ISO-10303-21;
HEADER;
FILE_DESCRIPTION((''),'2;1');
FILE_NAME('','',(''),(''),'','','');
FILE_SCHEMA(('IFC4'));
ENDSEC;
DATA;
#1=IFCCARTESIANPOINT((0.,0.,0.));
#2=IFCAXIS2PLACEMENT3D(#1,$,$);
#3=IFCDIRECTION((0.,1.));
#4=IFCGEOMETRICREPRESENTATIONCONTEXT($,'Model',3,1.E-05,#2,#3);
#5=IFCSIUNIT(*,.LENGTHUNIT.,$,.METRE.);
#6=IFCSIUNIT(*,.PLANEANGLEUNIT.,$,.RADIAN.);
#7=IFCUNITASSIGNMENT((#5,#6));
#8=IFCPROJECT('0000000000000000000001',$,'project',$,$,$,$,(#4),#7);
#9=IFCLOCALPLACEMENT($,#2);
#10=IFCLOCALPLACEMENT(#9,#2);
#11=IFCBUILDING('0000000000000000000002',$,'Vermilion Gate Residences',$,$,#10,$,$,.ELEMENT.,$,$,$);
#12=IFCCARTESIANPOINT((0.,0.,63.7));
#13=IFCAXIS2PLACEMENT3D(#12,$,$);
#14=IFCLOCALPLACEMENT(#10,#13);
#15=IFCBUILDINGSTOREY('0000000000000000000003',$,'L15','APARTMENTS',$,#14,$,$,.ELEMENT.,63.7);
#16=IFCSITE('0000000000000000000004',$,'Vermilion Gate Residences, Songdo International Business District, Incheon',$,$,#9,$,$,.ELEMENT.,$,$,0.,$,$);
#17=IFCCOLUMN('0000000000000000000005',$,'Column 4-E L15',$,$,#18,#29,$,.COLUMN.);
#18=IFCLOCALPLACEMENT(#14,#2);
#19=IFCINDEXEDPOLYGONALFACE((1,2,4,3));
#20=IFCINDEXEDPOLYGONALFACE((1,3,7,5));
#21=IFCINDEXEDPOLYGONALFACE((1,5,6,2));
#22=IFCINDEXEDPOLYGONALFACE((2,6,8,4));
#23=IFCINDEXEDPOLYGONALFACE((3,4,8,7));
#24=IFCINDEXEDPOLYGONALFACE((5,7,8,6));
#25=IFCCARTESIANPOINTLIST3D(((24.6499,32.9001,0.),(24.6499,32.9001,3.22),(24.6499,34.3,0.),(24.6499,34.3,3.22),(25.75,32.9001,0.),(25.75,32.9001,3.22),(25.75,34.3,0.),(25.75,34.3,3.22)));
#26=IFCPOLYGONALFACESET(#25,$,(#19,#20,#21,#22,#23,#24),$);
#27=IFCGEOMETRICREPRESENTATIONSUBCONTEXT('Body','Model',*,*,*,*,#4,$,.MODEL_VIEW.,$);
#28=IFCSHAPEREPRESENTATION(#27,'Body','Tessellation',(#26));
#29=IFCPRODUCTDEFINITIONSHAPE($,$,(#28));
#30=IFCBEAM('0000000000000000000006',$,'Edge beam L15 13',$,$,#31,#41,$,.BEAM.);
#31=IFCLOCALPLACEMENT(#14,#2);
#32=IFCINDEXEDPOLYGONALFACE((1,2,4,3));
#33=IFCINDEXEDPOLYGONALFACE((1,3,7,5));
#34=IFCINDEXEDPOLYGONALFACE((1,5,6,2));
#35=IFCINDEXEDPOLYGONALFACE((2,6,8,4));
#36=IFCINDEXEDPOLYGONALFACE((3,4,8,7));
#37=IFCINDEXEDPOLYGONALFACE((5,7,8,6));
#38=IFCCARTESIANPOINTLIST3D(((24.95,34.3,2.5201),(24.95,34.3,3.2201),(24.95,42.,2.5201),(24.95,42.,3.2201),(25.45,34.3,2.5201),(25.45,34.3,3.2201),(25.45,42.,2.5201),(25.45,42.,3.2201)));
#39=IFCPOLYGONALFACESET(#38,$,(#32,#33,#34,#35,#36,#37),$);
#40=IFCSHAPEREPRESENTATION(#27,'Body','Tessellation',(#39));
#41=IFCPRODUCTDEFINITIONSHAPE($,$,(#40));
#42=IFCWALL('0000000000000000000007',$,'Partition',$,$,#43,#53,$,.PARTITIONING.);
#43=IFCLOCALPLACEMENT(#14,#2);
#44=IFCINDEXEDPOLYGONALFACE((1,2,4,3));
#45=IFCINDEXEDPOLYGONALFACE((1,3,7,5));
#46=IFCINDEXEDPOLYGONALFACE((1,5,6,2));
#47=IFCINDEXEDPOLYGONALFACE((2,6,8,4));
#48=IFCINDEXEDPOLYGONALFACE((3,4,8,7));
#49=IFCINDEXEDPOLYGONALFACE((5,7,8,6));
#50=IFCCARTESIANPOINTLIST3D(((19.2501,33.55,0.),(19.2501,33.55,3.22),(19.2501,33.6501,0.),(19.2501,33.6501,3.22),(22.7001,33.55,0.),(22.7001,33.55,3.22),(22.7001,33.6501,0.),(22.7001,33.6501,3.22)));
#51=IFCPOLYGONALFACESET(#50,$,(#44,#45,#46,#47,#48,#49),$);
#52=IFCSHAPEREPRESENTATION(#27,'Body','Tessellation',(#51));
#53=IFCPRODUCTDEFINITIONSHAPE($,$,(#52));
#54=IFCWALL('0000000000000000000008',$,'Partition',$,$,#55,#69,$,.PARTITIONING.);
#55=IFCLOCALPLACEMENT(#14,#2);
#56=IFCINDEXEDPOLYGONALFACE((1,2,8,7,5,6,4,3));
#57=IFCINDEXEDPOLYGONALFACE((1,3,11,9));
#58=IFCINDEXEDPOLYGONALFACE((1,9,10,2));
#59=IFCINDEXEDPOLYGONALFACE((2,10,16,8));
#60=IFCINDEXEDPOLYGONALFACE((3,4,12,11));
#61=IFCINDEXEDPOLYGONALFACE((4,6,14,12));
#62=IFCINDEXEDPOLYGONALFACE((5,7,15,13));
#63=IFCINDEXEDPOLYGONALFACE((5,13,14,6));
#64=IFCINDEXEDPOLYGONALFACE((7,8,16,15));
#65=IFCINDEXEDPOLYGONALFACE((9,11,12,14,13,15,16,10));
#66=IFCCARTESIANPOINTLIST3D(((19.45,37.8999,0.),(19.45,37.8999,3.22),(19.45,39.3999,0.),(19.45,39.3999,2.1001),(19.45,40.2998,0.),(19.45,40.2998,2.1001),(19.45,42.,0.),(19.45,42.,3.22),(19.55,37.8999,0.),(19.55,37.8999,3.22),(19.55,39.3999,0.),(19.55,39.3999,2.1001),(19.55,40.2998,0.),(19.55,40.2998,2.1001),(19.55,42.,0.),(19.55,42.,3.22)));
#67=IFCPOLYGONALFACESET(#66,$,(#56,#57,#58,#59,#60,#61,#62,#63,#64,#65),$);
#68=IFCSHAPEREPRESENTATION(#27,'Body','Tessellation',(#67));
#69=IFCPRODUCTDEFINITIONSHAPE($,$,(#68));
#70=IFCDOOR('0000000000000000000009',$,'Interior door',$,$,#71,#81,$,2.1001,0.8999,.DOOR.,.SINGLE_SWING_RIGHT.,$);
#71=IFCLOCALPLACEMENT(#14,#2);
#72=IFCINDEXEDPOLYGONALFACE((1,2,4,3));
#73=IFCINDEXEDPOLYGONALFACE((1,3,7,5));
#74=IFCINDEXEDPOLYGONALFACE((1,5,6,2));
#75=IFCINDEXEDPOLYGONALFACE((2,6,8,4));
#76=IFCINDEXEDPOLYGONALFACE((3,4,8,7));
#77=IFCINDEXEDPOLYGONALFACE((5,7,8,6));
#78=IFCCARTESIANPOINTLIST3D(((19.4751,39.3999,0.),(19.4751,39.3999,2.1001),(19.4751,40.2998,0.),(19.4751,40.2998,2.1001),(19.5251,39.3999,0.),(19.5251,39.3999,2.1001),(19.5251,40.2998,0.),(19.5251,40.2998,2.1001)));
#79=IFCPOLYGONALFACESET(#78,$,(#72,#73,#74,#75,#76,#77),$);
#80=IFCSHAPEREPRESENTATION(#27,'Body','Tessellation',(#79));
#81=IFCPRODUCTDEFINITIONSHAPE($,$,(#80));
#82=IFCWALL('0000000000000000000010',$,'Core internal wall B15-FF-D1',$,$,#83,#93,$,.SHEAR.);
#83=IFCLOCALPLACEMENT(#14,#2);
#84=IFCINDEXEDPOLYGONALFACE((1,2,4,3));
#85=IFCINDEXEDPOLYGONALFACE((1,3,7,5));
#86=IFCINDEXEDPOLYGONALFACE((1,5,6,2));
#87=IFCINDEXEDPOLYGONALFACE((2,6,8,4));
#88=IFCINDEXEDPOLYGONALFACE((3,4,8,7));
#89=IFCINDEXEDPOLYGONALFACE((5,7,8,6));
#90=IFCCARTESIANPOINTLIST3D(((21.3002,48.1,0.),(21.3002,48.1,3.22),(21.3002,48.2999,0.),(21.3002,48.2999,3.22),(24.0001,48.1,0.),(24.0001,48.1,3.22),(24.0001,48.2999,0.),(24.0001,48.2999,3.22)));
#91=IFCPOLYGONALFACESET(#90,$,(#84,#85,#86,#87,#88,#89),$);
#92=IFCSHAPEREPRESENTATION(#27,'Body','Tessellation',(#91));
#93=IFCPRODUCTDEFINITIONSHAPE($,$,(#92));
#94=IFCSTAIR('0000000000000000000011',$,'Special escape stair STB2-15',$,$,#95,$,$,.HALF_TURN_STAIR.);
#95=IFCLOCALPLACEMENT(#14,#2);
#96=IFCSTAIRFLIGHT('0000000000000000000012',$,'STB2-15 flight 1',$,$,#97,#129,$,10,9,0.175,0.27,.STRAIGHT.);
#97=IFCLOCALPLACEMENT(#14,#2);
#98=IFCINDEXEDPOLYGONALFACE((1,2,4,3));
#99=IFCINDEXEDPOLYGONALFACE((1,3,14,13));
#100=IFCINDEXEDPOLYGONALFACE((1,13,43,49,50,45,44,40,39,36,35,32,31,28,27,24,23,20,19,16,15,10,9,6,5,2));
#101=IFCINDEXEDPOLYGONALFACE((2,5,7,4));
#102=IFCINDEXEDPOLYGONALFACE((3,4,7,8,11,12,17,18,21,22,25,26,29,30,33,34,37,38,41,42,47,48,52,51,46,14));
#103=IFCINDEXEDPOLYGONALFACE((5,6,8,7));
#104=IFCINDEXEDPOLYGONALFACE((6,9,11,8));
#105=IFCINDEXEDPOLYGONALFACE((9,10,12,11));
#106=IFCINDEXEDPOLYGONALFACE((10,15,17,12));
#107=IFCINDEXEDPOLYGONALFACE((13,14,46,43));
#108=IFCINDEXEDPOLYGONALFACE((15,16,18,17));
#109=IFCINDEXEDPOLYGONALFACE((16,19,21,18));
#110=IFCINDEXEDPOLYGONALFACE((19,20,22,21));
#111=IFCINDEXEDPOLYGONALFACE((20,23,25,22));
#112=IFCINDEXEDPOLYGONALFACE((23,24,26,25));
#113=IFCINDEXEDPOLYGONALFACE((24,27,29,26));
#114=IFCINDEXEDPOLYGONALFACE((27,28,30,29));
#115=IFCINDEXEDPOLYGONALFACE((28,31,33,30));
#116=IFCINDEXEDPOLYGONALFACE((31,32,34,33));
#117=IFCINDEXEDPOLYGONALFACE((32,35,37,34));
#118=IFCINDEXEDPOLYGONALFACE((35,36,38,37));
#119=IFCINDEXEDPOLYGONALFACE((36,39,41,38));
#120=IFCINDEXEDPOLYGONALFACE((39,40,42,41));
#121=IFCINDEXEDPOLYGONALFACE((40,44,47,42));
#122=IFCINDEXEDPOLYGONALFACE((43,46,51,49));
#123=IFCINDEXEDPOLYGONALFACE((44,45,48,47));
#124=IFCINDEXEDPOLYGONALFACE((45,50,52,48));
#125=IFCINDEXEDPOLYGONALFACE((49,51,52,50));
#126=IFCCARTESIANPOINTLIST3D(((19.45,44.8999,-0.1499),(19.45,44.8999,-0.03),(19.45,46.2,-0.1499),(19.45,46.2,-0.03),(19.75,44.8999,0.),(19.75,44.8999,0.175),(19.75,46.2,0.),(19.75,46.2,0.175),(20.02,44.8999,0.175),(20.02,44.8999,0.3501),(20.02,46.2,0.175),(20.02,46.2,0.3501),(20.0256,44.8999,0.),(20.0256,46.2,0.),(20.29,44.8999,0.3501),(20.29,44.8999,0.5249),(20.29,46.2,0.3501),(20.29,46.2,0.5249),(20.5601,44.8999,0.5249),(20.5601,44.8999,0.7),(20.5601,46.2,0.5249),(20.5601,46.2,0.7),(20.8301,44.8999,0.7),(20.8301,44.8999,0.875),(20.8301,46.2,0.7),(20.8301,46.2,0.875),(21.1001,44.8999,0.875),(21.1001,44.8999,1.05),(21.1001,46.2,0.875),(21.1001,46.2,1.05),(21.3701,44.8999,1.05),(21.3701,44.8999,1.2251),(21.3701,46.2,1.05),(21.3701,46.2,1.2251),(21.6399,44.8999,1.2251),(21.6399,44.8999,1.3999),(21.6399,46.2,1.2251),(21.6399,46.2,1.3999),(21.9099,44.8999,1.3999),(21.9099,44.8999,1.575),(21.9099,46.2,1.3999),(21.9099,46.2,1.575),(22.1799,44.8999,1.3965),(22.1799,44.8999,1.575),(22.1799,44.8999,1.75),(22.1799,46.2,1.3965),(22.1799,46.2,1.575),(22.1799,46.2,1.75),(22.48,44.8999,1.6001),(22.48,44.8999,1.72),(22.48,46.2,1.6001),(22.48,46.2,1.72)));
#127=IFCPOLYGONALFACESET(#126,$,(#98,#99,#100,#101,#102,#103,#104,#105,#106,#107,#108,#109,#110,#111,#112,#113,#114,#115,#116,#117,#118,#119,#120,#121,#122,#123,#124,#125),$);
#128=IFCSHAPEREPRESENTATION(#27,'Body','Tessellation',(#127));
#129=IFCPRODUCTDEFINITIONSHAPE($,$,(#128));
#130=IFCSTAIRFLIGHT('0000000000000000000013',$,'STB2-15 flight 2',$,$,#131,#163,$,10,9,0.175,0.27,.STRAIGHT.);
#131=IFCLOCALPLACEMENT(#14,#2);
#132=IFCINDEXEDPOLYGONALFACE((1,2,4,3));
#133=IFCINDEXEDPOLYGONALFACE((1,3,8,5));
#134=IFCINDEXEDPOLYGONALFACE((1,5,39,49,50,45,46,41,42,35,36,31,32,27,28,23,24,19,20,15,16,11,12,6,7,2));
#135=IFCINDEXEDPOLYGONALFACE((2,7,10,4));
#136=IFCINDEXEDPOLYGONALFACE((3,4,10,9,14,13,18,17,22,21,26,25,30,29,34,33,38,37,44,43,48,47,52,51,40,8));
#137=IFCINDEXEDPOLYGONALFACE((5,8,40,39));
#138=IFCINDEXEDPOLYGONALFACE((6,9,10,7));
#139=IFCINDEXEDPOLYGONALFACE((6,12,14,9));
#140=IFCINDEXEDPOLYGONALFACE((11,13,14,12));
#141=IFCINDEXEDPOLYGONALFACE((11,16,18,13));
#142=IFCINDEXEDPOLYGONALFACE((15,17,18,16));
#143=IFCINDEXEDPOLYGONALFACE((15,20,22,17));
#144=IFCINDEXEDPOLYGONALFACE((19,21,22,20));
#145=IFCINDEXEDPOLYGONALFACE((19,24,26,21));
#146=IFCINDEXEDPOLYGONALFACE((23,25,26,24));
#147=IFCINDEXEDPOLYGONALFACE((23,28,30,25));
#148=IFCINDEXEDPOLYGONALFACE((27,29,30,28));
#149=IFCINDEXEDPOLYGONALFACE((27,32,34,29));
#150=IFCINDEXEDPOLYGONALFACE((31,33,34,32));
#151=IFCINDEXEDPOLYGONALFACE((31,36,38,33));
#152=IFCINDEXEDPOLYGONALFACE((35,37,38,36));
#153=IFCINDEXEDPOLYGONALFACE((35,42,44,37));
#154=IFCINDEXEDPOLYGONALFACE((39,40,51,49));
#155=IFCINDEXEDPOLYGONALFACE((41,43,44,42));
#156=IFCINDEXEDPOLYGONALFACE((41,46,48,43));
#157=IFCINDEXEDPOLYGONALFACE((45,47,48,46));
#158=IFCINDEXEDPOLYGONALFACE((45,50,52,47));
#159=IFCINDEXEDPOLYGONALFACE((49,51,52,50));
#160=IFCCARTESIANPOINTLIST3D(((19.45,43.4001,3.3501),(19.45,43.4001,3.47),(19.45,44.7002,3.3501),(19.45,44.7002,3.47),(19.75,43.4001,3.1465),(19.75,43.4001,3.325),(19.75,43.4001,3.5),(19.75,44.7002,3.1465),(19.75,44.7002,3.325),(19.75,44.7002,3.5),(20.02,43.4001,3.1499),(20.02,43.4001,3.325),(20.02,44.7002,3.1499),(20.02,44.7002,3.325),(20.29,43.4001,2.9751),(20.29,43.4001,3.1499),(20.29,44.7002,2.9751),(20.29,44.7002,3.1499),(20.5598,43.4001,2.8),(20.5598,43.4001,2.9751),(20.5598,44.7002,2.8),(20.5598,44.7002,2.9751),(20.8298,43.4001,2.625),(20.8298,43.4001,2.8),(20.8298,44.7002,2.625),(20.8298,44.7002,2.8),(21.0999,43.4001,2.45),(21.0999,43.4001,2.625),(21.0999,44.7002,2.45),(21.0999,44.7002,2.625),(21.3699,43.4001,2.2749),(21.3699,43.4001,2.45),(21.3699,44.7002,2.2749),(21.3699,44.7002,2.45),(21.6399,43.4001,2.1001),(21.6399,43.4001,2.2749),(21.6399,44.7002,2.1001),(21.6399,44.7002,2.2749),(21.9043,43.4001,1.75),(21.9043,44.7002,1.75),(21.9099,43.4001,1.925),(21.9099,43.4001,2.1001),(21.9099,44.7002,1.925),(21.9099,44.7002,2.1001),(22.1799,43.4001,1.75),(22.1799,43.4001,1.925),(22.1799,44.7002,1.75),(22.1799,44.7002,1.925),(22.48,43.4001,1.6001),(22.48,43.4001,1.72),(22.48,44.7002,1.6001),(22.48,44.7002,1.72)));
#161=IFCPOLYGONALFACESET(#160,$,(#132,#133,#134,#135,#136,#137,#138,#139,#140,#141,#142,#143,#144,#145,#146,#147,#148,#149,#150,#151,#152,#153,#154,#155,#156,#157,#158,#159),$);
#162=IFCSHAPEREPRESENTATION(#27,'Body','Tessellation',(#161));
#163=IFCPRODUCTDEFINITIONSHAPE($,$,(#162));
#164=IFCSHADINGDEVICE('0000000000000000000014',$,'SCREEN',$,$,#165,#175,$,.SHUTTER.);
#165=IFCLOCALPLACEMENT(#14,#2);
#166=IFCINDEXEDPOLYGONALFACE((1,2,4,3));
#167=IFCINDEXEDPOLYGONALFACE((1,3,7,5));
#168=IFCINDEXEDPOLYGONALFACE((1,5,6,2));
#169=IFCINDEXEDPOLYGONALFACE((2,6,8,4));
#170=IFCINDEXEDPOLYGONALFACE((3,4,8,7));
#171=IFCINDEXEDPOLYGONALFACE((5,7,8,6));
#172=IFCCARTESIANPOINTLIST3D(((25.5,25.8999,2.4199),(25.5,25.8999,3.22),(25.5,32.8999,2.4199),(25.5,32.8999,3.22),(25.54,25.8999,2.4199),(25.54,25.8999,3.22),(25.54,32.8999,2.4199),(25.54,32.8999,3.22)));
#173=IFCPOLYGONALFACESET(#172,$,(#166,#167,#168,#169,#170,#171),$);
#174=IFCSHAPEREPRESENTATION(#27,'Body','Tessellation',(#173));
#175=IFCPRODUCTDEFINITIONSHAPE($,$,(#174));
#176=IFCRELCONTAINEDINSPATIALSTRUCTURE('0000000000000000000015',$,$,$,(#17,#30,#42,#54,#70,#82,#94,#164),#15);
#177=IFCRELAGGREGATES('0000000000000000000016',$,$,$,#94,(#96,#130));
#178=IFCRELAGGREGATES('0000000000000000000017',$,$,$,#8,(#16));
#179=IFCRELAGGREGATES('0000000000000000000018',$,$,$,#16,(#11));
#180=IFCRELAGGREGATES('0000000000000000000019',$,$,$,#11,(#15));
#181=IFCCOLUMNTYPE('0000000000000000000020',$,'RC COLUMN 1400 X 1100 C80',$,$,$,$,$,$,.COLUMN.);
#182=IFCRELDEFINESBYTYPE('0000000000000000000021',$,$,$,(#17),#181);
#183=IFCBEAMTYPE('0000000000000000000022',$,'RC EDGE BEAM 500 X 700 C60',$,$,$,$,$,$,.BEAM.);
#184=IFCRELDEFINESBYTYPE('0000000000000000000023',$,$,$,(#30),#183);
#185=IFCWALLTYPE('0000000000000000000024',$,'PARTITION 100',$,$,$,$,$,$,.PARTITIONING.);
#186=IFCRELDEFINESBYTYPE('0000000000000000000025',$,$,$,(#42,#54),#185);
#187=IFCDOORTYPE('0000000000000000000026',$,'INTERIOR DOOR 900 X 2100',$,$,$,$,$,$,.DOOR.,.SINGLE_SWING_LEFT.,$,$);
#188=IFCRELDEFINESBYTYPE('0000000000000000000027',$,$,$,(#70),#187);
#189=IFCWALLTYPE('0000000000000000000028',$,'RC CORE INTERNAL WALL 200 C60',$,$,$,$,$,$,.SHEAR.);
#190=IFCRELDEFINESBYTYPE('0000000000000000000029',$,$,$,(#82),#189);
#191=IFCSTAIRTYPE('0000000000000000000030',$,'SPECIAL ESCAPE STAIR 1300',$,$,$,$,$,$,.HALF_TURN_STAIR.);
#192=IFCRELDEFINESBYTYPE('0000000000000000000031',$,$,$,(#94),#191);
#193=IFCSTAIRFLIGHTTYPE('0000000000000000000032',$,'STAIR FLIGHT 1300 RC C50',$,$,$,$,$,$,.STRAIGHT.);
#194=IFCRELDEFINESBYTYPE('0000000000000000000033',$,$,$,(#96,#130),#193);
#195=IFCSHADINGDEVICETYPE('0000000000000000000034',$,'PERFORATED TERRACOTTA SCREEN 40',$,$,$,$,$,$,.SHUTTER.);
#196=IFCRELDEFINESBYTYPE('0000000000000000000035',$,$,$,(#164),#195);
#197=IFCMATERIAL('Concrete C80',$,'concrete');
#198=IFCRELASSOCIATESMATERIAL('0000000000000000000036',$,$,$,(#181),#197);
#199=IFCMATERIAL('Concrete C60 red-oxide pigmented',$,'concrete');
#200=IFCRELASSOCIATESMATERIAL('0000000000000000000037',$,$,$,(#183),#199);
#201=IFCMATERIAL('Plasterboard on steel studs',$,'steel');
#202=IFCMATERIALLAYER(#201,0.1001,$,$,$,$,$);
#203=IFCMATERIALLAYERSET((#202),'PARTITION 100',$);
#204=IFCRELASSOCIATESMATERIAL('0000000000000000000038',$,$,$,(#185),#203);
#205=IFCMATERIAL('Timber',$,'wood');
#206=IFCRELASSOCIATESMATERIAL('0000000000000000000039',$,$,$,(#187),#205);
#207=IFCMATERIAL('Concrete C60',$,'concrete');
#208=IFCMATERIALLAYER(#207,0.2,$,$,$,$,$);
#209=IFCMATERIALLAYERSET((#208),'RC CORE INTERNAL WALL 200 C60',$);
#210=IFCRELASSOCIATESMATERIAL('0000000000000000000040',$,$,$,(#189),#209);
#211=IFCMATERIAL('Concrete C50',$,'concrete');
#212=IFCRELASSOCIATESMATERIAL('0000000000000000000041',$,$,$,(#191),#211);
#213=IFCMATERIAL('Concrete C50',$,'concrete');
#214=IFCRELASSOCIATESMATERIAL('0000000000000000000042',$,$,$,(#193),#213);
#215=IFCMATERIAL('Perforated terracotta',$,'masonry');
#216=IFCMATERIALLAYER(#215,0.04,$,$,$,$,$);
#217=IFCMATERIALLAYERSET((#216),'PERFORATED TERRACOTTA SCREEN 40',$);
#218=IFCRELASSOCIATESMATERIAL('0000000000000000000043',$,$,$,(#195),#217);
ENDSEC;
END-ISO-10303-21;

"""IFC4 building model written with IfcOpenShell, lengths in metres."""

from ifc_helpers import new_model, si_unit, direction, frame, frame_2d, origin, origin_2d, place, context, subcontext, project, spatial, polyline, rectangle, outline, extrude, material, layer, layer_set, material_profile, profile_set, type_object, element, fill, aggregate, save


model = new_model("IFC4")

# Units and contexts
model_context = context("Model", 3, precision=1e-05, world=origin(), true_north=direction((0.0, 1.0)))
body_context = subcontext(model_context, "Body", "Model", "MODEL_VIEW")
ifc_project = project(units=[si_unit("LENGTHUNIT", "METRE"), si_unit("PLANEANGLEUNIT", "RADIAN")], contexts=[model_context])

# Site, building, storey
site_placement = place(None, origin())
site = spatial("IfcSite", under=ifc_project, at=site_placement, Name="Vermilion Gate Residences, Songdo International Business District, Incheon", CompositionType="ELEMENT", RefElevation=0.0)
building_placement = place(site_placement, origin())
building = spatial("IfcBuilding", under=site, at=building_placement, Name="Vermilion Gate Residences", CompositionType="ELEMENT")
storey_placement = place(building_placement, frame((0.0, 0.0, 63.7)))
storey = spatial("IfcBuildingStorey", under=building, at=storey_placement, Name="L15", Description="APARTMENTS", CompositionType="ELEMENT", Elevation=63.7)

# Column
ifc_material_1 = material(Name="Concrete C80", Category="concrete")
ifc_material_profile_1 = material_profile(ifc_material_1, rectangle(XDim=1.3999, YDim=1.1001, at=origin_2d()), Name="RC-1400x1100")
ifc_profile_set_1 = profile_set([ifc_material_profile_1], Name="Concrete C80")
column_type = type_object("IfcColumnType", Name="RC COLUMN 1400 X 1100 C80", PredefinedType="COLUMN", material=ifc_profile_set_1)
column_placement = place(storey_placement, frame((25.2, 33.6001, 0.0), z_axis=(0.0, 0.0, 1.0), x_axis=(0.0, 1.0, 0.0)))
element("IfcColumn", 1, at=column_placement, inside=storey, type_object=column_type, Name="Column 4-E L15", PredefinedType="COLUMN", context=body_context, shape_type="SweptSolid", body=[
    extrude(rectangle(XDim=1.3999, YDim=1.1001, at=origin_2d()), origin(), (0.0, 0.0, 1.0), 3.22),
])

# Beam
ifc_material_2 = material(Name="Concrete C60 red-oxide pigmented", Category="concrete")
ifc_material_profile_2 = material_profile(ifc_material_2, rectangle(XDim=0.5, YDim=0.7, at=origin_2d()), Name="RC-500x700")
ifc_profile_set_2 = profile_set([ifc_material_profile_2], Name="Concrete C60 red-oxide pigmented")
beam_type = type_object("IfcBeamType", Name="RC EDGE BEAM 500 X 700 C60", PredefinedType="BEAM", material=ifc_profile_set_2)
beam_placement = place(storey_placement, frame((25.2, 34.3, 2.8701), z_axis=(0.0, 1.0, 0.0), x_axis=(-1.0, 0.0, 0.0)))
element("IfcBeam", 2, at=beam_placement, inside=storey, type_object=beam_type, Name="Edge beam L15 13", PredefinedType="BEAM", context=body_context, shape_type="SweptSolid", body=[
    extrude(rectangle(XDim=0.5, YDim=0.7, at=origin_2d()), origin(), (0.0, 0.0, 1.0), 7.7),
])

# Wall
ifc_material_3 = material(Name="Plasterboard on steel studs", Category="steel")
ifc_layer_1 = layer(ifc_material_3, 0.1001)
ifc_layer_set_1 = layer_set([ifc_layer_1], Name="PARTITION 100")
wall_type_1 = type_object("IfcWallType", Name="PARTITION 100", PredefinedType="PARTITIONING", material=ifc_layer_set_1)
wall_1_placement = place(storey_placement, frame((19.25, 33.6001, 0.0), z_axis=(0.0, 0.0, 1.0), x_axis=(1.0, 0.0, 0.0)))
element("IfcWall", 3, at=wall_1_placement, inside=storey, type_object=wall_type_1, Name="Partition", PredefinedType="PARTITIONING", context=body_context, shape_type="SweptSolid", body=[
    extrude(rectangle(XDim=3.45, YDim=0.1001, at=frame_2d((1.7251, 0.0))), origin(), (0.0, 0.0, 1.0), 3.22),
])

# Wall, opening, door
wall_2_placement = place(storey_placement, frame((19.5, 37.8999, 0.0), z_axis=(0.0, 0.0, 1.0), x_axis=(0.0, 1.0, 0.0)))
wall_2 = element("IfcWall", 4, at=wall_2_placement, inside=storey, type_object=wall_type_1, Name="Partition", PredefinedType="PARTITIONING", context=body_context, shape_type="SweptSolid", body=[
    extrude(rectangle(XDim=4.1001, YDim=0.1001, at=frame_2d((2.05, 0.0))), origin(), (0.0, 0.0, 1.0), 3.22),
])
opening_placement = place(wall_2_placement, frame((1.5, 0.0, 0.0)))
opening = element("IfcOpeningElement", 5, at=opening_placement, cuts=wall_2, PredefinedType="OPENING", context=body_context, shape_type="SweptSolid", body=[
    extrude(rectangle(XDim=0.8999, YDim=2.1001, at=frame_2d((0.45, 1.05))), frame((0.0, 0.0601, 0.0), z_axis=(0.0, -1.0, 0.0), x_axis=(1.0, 0.0, 0.0)), (0.0, 0.0, 1.0), 0.1201),
])
ifc_material_4 = material(Name="Timber", Category="wood")
door_type = type_object("IfcDoorType", Name="INTERIOR DOOR 900 X 2100", OperationType="SINGLE_SWING_LEFT", PredefinedType="DOOR", material=ifc_material_4)
door_placement = place(opening_placement, origin())
door = element("IfcDoor", 6, at=door_placement, inside=storey, type_object=door_type, Name="Interior door", OperationType="SINGLE_SWING_RIGHT", OverallHeight=2.1001, OverallWidth=0.8999, PredefinedType="DOOR", context=body_context, shape_type="SweptSolid", body=[
    extrude(rectangle(XDim=0.8999, YDim=2.1001, at=frame_2d((0.45, 1.05))), frame((0.0, 0.0249, 0.0), z_axis=(0.0, -1.0, 0.0), x_axis=(1.0, 0.0, 0.0)), (0.0, 0.0, 1.0), 0.05),
])
fill(opening, door)

# Wall
ifc_material_5 = material(Name="Concrete C60", Category="concrete")
ifc_layer_2 = layer(ifc_material_5, 0.2)
ifc_layer_set_2 = layer_set([ifc_layer_2], Name="RC CORE INTERNAL WALL 200 C60")
wall_type_2 = type_object("IfcWallType", Name="RC CORE INTERNAL WALL 200 C60", PredefinedType="SHEAR", material=ifc_layer_set_2)
wall_3_placement = place(storey_placement, frame((21.3, 48.2, 0.0), z_axis=(0.0, 0.0, 1.0), x_axis=(1.0, 0.0, 0.0)))
element("IfcWall", 7, at=wall_3_placement, inside=storey, type_object=wall_type_2, Name="Core internal wall B15-FF-D1", PredefinedType="SHEAR", context=body_context, shape_type="SweptSolid", body=[
    extrude(rectangle(XDim=2.7, YDim=0.2, at=frame_2d((1.3501, 0.0))), origin(), (0.0, 0.0, 1.0), 3.22),
])

# Stair, stair flights
ifc_material_6 = material(Name="Concrete C50", Category="concrete")
stair_type = type_object("IfcStairType", Name="SPECIAL ESCAPE STAIR 1300", PredefinedType="HALF_TURN_STAIR", material=ifc_material_6)
stair_placement = place(storey_placement, origin())
stair = element("IfcStair", 8, at=stair_placement, inside=storey, type_object=stair_type, Name="Special escape stair STB2-15", PredefinedType="HALF_TURN_STAIR")
ifc_material_7 = material(Name="Concrete C50", Category="concrete")
stair_flight_type = type_object("IfcStairFlightType", Name="STAIR FLIGHT 1300 RC C50", PredefinedType="STRAIGHT", material=ifc_material_7)
stair_flight_1_placement = place(storey_placement, frame((19.75, 45.55, 0.0), z_axis=(0.0, 0.0, 1.0), x_axis=(1.0, 0.0, 0.0)))
stair_flight_1 = element("IfcStairFlight", 9, at=stair_flight_1_placement, type_object=stair_flight_type, Name="STB2-15 flight 1", NumberOfRisers=10, NumberOfTreads=9, PredefinedType="STRAIGHT", RiserHeight=0.175, TreadLength=0.27, context=body_context, shape_type="SweptSolid", body=[
    extrude(outline(polyline([(-0.3, -0.1499), (-0.3, -0.03), (0.0, 0.0), (0.0, 0.175), (0.27, 0.175), (0.27, 0.3501), (0.54, 0.3501), (0.54, 0.5249), (0.8101, 0.5249), (0.8101, 0.7), (1.0801, 0.7), (1.0801, 0.875), (1.3501, 0.875), (1.3501, 1.05), (1.6201, 1.05), (1.6201, 1.2251), (1.8899, 1.2251), (1.8899, 1.3999), (2.1599, 1.3999), (2.1599, 1.575), (2.4299, 1.575), (2.4299, 1.75), (2.73, 1.72), (2.73, 1.6001), (2.4299, 1.3965), (0.2756, 0.0), (-0.3, -0.1499)])), frame((0.0, 0.6499, 0.0), z_axis=(0.0, -1.0, 0.0), x_axis=(1.0, 0.0, 0.0)), (0.0, 0.0, 1.0), 1.3),
])
stair_flight_2_placement = place(storey_placement, frame((22.1799, 44.05, 1.75), z_axis=(0.0, 0.0, 1.0), x_axis=(-1.0, 0.0, 0.0)))
stair_flight_2 = element("IfcStairFlight", 10, at=stair_flight_2_placement, type_object=stair_flight_type, Name="STB2-15 flight 2", NumberOfRisers=10, NumberOfTreads=9, PredefinedType="STRAIGHT", RiserHeight=0.175, TreadLength=0.27, context=body_context, shape_type="SweptSolid", body=[
    extrude(outline(polyline([(-0.3, -0.1499), (-0.3, -0.03), (0.0, 0.0), (0.0, 0.175), (0.27, 0.175), (0.27, 0.3501), (0.54, 0.3501), (0.54, 0.5249), (0.8101, 0.5249), (0.8101, 0.7), (1.0801, 0.7), (1.0801, 0.875), (1.3501, 0.875), (1.3501, 1.05), (1.6201, 1.05), (1.6201, 1.2251), (1.8899, 1.2251), (1.8899, 1.3999), (2.1599, 1.3999), (2.1599, 1.575), (2.4299, 1.575), (2.4299, 1.75), (2.73, 1.72), (2.73, 1.6001), (2.4299, 1.3965), (0.2756, 0.0), (-0.3, -0.1499)])), frame((0.0, 0.6499, 0.0), z_axis=(0.0, -1.0, 0.0), x_axis=(1.0, 0.0, 0.0)), (0.0, 0.0, 1.0), 1.3),
])
aggregate(stair, [stair_flight_1, stair_flight_2])

# Shading device
ifc_material_8 = material(Name="Perforated terracotta", Category="masonry")
ifc_layer_3 = layer(ifc_material_8, 0.04)
ifc_layer_set_3 = layer_set([ifc_layer_3], Name="PERFORATED TERRACOTTA SCREEN 40")
shading_device_type_1 = type_object("IfcShadingDeviceType", Name="PERFORATED TERRACOTTA SCREEN 40", PredefinedType="SHUTTER", material=ifc_layer_set_3)
shading_device_1_placement = place(storey_placement, frame((25.52, 29.3999, 2.4199), z_axis=(0.0, 0.0, 1.0), x_axis=(0.0, 1.0, 0.0)))
element("IfcShadingDevice", 11, at=shading_device_1_placement, inside=storey, type_object=shading_device_type_1, Name="SCREEN", PredefinedType="SHUTTER", context=body_context, shape_type="SweptSolid", body=[
    extrude(rectangle(XDim=7.0, YDim=0.04, at=origin_2d()), origin(), (0.0, 0.0, 1.0), 0.8),
])

save(model, "model.ifc")
